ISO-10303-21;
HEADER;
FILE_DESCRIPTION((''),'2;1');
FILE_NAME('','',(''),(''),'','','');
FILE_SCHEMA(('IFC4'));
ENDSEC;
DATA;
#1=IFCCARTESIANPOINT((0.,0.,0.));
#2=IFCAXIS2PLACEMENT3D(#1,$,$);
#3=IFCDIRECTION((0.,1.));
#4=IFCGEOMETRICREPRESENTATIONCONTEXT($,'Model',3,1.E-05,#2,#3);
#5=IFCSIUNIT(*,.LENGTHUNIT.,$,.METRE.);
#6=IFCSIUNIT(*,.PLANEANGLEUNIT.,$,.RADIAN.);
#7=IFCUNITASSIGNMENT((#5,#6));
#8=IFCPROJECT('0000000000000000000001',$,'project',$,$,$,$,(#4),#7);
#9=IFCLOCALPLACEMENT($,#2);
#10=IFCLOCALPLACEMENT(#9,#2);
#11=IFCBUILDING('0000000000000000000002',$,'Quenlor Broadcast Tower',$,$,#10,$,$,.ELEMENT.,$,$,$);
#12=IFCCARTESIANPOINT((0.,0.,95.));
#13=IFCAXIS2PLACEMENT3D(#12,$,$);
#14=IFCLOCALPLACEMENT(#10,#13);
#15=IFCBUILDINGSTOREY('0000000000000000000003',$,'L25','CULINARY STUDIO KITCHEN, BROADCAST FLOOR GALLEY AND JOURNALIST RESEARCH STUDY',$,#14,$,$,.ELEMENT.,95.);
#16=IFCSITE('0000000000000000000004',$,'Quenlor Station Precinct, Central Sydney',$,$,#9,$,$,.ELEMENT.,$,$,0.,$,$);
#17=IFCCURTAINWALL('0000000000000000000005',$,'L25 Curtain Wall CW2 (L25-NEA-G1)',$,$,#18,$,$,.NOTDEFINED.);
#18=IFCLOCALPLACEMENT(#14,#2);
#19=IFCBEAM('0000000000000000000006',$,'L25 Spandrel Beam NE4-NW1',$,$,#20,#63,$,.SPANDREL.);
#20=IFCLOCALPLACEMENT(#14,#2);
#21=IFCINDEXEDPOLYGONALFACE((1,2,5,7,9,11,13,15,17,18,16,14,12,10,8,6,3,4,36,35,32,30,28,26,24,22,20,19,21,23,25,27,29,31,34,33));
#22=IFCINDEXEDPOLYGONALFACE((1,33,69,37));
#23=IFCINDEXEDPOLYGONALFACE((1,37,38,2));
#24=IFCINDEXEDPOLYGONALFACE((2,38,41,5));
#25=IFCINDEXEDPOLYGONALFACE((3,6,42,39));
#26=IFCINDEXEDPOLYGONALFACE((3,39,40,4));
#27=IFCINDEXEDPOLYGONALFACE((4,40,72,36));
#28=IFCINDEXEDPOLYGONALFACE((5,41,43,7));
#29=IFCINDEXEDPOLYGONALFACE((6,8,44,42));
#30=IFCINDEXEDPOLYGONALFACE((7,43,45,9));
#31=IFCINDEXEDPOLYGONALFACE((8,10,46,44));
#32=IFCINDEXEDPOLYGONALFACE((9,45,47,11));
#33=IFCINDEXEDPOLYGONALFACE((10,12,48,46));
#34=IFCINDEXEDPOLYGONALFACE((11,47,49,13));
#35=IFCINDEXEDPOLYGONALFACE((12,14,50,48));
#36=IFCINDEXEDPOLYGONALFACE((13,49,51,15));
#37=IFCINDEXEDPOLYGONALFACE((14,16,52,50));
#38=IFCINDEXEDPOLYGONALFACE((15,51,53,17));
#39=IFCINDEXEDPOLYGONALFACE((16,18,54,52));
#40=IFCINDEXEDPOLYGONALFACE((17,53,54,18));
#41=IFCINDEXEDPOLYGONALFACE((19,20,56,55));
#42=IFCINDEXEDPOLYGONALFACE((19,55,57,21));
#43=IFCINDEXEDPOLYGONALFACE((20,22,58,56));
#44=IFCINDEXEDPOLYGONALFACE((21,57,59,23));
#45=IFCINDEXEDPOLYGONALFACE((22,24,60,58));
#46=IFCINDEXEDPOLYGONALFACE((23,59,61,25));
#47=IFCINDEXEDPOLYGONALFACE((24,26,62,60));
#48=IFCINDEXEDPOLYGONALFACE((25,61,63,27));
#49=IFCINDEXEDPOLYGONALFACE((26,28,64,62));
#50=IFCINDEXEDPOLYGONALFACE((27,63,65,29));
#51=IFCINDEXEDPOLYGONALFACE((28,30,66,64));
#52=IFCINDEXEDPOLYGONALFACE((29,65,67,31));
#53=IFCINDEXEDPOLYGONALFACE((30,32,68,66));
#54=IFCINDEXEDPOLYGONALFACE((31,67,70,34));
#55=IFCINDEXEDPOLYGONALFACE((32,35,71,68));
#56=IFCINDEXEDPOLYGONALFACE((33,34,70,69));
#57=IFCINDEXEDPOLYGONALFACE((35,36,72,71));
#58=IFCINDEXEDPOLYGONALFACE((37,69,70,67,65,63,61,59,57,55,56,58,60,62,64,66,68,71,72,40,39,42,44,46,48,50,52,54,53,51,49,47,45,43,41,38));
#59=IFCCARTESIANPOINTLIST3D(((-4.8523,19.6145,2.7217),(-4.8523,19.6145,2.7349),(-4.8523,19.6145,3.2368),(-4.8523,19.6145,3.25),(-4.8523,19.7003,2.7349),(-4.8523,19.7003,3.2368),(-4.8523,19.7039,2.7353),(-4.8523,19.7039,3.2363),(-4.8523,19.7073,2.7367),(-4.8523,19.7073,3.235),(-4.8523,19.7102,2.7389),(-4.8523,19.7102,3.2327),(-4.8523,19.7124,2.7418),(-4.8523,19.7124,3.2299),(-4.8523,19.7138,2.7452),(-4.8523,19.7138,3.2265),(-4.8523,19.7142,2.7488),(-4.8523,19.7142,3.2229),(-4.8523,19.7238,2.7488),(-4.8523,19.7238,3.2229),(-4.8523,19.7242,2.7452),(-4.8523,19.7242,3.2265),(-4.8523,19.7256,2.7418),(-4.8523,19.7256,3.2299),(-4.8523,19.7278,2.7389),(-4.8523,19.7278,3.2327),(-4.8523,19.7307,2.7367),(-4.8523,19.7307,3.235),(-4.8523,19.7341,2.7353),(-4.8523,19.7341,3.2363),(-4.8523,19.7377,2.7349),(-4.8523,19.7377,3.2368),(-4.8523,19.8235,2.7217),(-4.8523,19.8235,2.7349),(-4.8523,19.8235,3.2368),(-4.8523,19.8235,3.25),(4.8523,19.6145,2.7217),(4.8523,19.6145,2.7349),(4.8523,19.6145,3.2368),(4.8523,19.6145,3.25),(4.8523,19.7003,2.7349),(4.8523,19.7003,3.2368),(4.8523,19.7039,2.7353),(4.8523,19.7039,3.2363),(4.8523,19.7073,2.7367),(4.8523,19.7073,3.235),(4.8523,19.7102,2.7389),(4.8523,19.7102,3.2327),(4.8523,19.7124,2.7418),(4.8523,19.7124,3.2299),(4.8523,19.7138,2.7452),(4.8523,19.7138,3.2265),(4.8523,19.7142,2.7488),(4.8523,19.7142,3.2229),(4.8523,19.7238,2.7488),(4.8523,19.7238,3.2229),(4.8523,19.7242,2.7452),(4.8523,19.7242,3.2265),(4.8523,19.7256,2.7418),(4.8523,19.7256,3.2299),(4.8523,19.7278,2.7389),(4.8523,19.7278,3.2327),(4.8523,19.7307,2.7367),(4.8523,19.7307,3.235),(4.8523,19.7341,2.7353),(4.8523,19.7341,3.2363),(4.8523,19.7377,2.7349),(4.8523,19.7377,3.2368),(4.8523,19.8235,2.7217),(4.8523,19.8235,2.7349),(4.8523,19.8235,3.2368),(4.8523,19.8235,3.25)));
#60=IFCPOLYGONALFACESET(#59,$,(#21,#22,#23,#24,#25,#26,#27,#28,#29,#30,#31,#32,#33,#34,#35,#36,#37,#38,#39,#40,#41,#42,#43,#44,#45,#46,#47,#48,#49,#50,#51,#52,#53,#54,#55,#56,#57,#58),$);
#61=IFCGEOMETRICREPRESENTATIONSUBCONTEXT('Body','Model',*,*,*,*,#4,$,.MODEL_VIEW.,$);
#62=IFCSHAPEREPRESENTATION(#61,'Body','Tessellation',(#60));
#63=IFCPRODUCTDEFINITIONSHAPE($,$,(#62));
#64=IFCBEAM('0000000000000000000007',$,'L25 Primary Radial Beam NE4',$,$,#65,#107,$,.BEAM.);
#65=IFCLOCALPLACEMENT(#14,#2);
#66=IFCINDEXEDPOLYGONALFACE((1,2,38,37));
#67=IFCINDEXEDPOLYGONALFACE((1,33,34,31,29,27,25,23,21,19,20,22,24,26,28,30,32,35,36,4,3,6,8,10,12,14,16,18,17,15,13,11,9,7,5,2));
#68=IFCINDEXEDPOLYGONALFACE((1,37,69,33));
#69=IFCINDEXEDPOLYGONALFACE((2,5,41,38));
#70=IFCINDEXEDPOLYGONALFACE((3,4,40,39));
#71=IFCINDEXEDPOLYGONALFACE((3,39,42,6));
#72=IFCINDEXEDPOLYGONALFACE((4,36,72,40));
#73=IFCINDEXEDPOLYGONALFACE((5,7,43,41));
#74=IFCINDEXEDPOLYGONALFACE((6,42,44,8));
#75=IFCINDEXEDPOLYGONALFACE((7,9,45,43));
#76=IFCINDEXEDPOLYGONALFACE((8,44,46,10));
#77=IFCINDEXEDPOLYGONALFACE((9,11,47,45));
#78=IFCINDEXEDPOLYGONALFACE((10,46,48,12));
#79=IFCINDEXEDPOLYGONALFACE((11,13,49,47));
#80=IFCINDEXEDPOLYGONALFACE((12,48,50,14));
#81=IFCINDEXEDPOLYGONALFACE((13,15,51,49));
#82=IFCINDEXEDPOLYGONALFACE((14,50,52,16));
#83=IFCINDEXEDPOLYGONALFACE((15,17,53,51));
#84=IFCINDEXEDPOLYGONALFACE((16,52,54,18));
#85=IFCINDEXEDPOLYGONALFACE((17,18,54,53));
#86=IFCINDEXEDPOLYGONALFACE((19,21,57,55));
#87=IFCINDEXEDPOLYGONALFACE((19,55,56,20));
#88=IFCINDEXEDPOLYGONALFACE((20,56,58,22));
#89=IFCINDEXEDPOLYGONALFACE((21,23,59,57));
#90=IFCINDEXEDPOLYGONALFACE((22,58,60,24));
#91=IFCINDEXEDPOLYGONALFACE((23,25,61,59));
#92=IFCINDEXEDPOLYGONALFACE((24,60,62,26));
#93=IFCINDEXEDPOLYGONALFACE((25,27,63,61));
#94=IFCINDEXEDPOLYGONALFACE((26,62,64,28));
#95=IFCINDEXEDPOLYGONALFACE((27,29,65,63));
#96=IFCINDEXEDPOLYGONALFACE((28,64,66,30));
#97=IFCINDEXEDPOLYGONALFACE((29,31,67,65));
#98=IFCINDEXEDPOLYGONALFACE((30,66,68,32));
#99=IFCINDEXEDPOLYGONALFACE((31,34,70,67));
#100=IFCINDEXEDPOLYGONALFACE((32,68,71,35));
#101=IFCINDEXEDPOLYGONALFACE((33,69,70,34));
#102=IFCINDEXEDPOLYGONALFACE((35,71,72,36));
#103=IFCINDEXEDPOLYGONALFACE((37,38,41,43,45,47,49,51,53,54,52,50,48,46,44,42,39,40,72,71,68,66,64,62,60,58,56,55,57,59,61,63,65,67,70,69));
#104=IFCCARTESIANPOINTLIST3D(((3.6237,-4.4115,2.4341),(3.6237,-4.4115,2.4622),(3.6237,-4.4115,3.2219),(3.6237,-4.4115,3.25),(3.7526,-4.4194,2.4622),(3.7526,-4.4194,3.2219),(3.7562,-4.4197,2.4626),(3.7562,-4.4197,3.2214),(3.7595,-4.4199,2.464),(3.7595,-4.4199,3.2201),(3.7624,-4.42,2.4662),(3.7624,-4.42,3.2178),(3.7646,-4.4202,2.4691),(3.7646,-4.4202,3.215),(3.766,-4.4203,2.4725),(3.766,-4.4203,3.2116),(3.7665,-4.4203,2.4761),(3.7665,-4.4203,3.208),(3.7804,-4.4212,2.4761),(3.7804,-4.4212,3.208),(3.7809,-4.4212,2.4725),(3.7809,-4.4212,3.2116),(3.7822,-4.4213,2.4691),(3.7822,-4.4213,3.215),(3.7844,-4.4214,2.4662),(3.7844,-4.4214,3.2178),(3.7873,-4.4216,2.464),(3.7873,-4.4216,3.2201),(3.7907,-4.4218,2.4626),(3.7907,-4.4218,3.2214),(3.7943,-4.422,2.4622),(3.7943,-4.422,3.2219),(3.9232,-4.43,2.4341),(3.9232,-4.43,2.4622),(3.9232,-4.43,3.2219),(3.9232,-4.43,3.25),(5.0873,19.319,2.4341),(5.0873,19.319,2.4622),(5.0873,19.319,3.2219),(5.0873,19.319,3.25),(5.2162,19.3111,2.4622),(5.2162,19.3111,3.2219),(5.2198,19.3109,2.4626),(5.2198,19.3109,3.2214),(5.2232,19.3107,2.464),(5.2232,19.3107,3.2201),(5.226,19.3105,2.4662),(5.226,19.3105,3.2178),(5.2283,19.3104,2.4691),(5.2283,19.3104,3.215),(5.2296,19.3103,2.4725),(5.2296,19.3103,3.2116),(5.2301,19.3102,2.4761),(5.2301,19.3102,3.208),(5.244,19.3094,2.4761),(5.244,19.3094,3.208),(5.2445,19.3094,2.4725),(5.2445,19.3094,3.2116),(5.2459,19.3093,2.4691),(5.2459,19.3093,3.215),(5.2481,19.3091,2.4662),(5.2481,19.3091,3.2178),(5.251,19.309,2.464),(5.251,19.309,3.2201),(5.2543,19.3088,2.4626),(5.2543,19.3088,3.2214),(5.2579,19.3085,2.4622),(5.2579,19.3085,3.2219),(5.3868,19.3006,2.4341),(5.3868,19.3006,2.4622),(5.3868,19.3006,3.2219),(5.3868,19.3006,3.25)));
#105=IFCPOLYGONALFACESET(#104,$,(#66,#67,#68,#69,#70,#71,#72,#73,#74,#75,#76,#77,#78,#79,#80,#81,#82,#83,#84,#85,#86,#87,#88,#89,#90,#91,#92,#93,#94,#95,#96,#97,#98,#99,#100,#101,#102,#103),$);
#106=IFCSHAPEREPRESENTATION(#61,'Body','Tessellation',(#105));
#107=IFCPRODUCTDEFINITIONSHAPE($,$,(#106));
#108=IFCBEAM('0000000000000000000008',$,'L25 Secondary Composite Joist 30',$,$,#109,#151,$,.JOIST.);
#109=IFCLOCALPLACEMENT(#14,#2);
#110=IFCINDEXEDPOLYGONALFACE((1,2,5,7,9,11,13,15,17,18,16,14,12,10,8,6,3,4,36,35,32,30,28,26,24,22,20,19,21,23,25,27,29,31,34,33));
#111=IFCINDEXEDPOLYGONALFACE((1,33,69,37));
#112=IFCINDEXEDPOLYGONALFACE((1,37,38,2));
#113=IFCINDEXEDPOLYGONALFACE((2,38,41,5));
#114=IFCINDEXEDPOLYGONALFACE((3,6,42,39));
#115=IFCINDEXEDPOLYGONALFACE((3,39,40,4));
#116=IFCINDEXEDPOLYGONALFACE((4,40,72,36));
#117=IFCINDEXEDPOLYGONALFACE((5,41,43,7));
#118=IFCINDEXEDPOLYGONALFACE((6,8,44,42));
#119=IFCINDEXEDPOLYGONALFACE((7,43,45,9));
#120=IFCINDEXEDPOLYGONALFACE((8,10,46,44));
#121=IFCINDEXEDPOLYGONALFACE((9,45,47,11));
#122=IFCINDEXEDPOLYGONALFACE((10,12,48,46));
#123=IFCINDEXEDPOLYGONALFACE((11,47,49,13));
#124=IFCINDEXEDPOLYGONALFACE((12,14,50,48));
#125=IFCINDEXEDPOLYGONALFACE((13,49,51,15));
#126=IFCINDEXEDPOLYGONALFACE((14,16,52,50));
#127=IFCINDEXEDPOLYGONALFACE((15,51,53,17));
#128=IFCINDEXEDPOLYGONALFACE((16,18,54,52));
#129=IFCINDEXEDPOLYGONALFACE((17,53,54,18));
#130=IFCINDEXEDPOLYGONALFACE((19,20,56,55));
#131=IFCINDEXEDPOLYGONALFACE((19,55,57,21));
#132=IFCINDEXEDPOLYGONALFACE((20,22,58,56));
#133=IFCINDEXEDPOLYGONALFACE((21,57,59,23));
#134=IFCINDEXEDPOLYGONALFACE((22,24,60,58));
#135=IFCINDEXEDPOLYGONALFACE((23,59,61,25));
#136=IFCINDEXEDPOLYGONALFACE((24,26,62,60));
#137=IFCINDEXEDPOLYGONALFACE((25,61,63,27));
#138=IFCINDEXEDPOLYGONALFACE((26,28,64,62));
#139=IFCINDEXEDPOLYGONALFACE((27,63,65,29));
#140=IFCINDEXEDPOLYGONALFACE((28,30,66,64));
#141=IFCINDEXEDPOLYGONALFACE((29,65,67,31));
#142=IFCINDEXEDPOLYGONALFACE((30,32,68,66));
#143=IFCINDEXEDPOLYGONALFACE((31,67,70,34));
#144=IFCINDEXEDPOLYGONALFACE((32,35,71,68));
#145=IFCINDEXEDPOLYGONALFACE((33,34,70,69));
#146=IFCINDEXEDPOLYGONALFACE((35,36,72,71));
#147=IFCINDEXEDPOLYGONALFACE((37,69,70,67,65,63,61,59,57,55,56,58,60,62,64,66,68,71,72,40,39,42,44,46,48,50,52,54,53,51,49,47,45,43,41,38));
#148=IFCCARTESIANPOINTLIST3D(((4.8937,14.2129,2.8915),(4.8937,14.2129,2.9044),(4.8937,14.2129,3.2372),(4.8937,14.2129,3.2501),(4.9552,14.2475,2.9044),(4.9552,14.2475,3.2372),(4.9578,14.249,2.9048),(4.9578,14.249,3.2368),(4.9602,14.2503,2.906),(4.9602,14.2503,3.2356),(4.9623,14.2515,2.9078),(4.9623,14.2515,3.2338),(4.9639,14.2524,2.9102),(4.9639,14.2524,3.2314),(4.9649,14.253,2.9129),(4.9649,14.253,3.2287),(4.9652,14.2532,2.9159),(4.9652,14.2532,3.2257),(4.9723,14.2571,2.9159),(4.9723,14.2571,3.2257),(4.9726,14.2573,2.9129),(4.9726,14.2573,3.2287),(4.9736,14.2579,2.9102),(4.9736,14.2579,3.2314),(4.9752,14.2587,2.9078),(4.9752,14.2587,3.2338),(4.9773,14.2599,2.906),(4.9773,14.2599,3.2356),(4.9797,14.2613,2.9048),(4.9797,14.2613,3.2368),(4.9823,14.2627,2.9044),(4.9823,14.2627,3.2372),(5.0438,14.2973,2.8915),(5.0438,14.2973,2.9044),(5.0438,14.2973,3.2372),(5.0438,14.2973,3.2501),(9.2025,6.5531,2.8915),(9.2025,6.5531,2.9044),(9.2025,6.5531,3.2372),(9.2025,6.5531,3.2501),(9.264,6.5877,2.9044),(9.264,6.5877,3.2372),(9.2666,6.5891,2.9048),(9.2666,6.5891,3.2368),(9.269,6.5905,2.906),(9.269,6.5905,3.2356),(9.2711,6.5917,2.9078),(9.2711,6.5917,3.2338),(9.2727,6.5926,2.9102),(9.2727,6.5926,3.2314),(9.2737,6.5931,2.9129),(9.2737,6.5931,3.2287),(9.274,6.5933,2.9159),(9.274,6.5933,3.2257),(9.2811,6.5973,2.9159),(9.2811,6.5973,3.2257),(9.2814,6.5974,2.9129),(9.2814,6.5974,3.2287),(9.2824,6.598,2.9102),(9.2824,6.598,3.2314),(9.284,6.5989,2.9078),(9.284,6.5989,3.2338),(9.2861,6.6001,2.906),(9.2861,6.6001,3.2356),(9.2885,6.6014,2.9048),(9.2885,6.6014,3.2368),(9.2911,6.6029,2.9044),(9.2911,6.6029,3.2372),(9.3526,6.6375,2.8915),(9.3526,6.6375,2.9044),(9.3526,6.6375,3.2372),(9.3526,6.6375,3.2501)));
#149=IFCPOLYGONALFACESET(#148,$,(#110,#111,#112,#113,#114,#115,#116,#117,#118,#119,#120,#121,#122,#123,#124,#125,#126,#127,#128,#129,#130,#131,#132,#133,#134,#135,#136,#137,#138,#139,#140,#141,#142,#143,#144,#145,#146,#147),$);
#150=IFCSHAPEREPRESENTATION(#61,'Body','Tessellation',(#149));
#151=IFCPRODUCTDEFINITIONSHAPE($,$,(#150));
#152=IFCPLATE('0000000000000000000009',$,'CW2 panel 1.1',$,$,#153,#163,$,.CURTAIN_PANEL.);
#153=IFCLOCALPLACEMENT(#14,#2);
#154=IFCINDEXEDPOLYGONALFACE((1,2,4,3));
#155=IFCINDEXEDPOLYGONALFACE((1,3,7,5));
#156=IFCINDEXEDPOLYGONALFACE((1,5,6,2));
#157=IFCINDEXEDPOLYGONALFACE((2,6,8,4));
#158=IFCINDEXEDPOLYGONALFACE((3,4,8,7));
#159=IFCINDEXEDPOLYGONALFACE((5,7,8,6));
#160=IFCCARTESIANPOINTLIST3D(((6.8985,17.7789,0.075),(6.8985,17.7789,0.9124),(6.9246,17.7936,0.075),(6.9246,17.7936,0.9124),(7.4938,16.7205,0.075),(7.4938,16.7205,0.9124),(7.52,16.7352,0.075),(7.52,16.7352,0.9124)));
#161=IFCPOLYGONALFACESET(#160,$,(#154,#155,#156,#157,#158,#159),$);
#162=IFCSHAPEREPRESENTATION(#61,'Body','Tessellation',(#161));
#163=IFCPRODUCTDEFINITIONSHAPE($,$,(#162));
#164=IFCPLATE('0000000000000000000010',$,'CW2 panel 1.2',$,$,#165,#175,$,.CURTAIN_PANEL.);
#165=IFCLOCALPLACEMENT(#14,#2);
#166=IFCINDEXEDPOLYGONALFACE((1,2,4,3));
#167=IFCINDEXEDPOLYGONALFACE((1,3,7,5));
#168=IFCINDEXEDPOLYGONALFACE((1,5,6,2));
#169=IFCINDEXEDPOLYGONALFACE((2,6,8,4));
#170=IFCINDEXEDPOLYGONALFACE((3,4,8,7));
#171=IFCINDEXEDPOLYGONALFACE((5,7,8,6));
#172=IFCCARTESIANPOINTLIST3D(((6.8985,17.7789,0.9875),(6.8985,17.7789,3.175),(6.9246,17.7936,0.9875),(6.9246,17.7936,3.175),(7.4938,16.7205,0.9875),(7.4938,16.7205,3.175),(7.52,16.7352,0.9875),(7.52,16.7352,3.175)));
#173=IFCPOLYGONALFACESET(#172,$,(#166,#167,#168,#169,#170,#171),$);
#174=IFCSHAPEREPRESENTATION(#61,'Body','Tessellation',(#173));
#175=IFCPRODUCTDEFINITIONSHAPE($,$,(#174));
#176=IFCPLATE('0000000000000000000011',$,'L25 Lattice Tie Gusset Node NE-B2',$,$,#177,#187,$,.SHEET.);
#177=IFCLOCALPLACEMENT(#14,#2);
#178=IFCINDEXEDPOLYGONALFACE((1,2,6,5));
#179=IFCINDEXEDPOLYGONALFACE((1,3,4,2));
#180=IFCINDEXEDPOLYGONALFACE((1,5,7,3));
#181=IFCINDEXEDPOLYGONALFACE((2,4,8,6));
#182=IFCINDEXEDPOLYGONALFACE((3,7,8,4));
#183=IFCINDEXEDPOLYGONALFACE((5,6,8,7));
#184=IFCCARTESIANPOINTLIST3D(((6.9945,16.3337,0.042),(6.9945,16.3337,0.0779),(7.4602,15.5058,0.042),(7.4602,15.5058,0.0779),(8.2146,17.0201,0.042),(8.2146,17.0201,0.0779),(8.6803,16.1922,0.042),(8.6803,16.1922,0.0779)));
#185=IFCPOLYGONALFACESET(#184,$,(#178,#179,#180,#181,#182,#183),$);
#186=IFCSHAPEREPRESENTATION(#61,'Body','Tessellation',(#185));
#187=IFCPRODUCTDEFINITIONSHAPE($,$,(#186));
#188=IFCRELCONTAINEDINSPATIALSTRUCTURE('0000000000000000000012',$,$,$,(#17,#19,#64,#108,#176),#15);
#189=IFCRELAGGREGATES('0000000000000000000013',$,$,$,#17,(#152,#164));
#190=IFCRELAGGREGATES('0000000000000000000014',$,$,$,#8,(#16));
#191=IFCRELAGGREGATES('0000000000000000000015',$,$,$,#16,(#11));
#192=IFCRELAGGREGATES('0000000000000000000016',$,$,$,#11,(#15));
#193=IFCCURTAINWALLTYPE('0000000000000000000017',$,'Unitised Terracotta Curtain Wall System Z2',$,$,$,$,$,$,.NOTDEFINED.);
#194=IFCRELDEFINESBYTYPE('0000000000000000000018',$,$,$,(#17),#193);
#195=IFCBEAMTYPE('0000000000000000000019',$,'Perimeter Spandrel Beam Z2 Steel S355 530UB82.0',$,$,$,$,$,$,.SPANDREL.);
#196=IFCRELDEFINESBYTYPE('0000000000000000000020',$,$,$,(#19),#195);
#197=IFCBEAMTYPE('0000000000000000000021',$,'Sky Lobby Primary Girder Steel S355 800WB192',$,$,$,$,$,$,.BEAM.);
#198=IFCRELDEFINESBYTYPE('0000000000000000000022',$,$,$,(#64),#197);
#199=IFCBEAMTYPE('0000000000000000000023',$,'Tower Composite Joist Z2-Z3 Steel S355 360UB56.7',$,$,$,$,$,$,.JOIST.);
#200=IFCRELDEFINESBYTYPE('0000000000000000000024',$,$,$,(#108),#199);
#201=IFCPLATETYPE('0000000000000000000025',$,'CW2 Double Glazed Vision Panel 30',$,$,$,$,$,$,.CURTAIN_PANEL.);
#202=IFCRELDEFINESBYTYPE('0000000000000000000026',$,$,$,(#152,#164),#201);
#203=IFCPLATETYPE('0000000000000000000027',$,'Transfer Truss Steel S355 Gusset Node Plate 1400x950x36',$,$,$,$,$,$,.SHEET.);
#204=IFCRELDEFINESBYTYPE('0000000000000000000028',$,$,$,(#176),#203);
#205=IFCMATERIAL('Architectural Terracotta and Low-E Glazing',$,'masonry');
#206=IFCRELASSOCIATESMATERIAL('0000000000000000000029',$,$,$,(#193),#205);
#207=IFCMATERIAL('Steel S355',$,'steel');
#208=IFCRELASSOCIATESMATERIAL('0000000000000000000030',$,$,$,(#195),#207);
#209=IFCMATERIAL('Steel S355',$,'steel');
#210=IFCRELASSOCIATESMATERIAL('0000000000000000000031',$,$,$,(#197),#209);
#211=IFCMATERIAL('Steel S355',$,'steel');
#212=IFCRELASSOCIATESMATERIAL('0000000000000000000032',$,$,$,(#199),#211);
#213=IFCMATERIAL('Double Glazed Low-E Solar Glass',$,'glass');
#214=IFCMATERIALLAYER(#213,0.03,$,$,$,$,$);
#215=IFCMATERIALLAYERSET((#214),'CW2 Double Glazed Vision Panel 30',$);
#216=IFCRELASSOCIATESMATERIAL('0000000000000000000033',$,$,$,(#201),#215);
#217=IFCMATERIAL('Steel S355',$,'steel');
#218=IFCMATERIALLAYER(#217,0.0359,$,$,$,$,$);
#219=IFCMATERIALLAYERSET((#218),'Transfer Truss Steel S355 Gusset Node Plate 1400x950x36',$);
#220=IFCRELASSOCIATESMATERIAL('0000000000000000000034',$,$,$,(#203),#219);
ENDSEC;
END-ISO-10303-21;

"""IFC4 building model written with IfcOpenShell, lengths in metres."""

from ifc_helpers import new_model, si_unit, direction, frame, origin, origin_2d, place, context, subcontext, project, spatial, rectangle, i_section, extrude, material, layer, layer_set, material_profile, profile_set, type_object, element, aggregate, save


model = new_model("IFC4")

# Units and contexts
model_context = context("Model", 3, precision=1e-05, world=origin(), true_north=direction((0.0, 1.0)))
body_context = subcontext(model_context, "Body", "Model", "MODEL_VIEW")
ifc_project = project(units=[si_unit("LENGTHUNIT", "METRE"), si_unit("PLANEANGLEUNIT", "RADIAN")], contexts=[model_context])

# Site, building, storey
site_placement = place(None, origin())
site = spatial("IfcSite", under=ifc_project, at=site_placement, Name="Quenlor Station Precinct, Central Sydney", CompositionType="ELEMENT", RefElevation=0.0)
building_placement = place(site_placement, origin())
building = spatial("IfcBuilding", under=site, at=building_placement, Name="Quenlor Broadcast Tower", CompositionType="ELEMENT")
storey_placement = place(building_placement, frame((0.0, 0.0, 95.0)))
storey = spatial("IfcBuildingStorey", under=building, at=storey_placement, Name="L25", Description="CULINARY STUDIO KITCHEN, BROADCAST FLOOR GALLEY AND JOURNALIST RESEARCH STUDY", CompositionType="ELEMENT", Elevation=95.0)

# Curtain wall
ifc_material_1 = material(Name="Architectural Terracotta and Low-E Glazing", Category="masonry")
curtain_wall_type = type_object("IfcCurtainWallType", Name="Unitised Terracotta Curtain Wall System Z2", PredefinedType="NOTDEFINED", material=ifc_material_1)
curtain_wall_1_placement = place(storey_placement, origin())
curtain_wall_1 = element("IfcCurtainWall", 1, at=curtain_wall_1_placement, inside=storey, type_object=curtain_wall_type, Name="L25 Curtain Wall CW2 (L25-NEA-G1)", PredefinedType="NOTDEFINED")

# Beams
ifc_material_2 = material(Name="Steel S355", Category="steel")
ifc_material_profile_1 = material_profile(ifc_material_2, i_section(OverallWidth=0.209, OverallDepth=0.5283, WebThickness=0.0095, FlangeThickness=0.0132, FilletRadius=0.0139, at=origin_2d()))
ifc_profile_set_1 = profile_set([ifc_material_profile_1], Name="Steel S355 530UB82.0")
beam_type_1 = type_object("IfcBeamType", Name="Perimeter Spandrel Beam Z2 Steel S355 530UB82.0", PredefinedType="SPANDREL", material=ifc_profile_set_1)
beam_1_placement = place(storey_placement, frame((4.8523, 19.719, 2.9858), z_axis=(-1.0, 0.0, 0.0), x_axis=(0.0, -1.0, 0.0)))
element("IfcBeam", 2, at=beam_1_placement, inside=storey, type_object=beam_type_1, Name="L25 Spandrel Beam NE4-NW1", PredefinedType="SPANDREL", context=body_context, shape_type="SweptSolid", body=[
    extrude(i_section(OverallWidth=0.209, OverallDepth=0.5283, WebThickness=0.0095, FlangeThickness=0.0132, FilletRadius=0.0139, at=origin_2d()), origin(), (0.0, 0.0, 1.0), 9.7046),
])
ifc_material_3 = material(Name="Steel S355", Category="steel")
ifc_material_profile_2 = material_profile(ifc_material_3, i_section(OverallWidth=0.3, OverallDepth=0.8159, WebThickness=0.0139, FlangeThickness=0.0281, FilletRadius=0.0139, at=origin_2d()))
ifc_profile_set_2 = profile_set([ifc_material_profile_2], Name="Steel S355 800WB192")
beam_type_2 = type_object("IfcBeamType", Name="Sky Lobby Primary Girder Steel S355 800WB192", PredefinedType="BEAM", material=ifc_profile_set_2)
beam_2_placement = place(storey_placement, frame((5.2371, 19.3098, 2.842), z_axis=(-0.06156, -0.998103, 0.0), x_axis=(0.998103, -0.06156, 0.0)))
element("IfcBeam", 3, at=beam_2_placement, inside=storey, type_object=beam_type_2, Name="L25 Primary Radial Beam NE4", PredefinedType="BEAM", context=body_context, shape_type="SweptSolid", body=[
    extrude(i_section(OverallWidth=0.3, OverallDepth=0.8159, WebThickness=0.0139, FlangeThickness=0.0281, FilletRadius=0.0139, at=origin_2d()), origin(), (0.0, 0.0, 1.0), 23.7756),
])
ifc_material_4 = material(Name="Steel S355", Category="steel")
ifc_material_profile_3 = material_profile(ifc_material_4, i_section(OverallWidth=0.1721, OverallDepth=0.3586, WebThickness=0.0081, FlangeThickness=0.0129, FilletRadius=0.0115, at=origin_2d()))
ifc_profile_set_3 = profile_set([ifc_material_profile_3], Name="Steel S355 360UB56.7")
beam_type_3 = type_object("IfcBeamType", Name="Tower Composite Joist Z2-Z3 Steel S355 360UB56.7", PredefinedType="JOIST", material=ifc_profile_set_3)
beam_3_placement = place(storey_placement, frame((4.9688, 14.2551, 3.0708), z_axis=(0.490273, -0.871569, 0.0), x_axis=(0.871569, 0.490273, 0.0)))
element("IfcBeam", 4, at=beam_3_placement, inside=storey, type_object=beam_type_3, Name="L25 Secondary Composite Joist 30", PredefinedType="JOIST", context=body_context, shape_type="SweptSolid", body=[
    extrude(i_section(OverallWidth=0.1721, OverallDepth=0.3586, WebThickness=0.0081, FlangeThickness=0.0129, FilletRadius=0.0115, at=origin_2d()), origin(), (0.0, 0.0, 1.0), 8.7886),
])

# Plates
ifc_material_5 = material(Name="Double Glazed Low-E Solar Glass", Category="glass")
ifc_layer_1 = layer(ifc_material_5, 0.03)
ifc_layer_set_1 = layer_set([ifc_layer_1], Name="CW2 Double Glazed Vision Panel 30")
plate_type_1 = type_object("IfcPlateType", Name="CW2 Double Glazed Vision Panel 30", PredefinedType="CURTAIN_PANEL", material=ifc_layer_set_1)
plate_1_placement = place(storey_placement, frame((7.2092, 17.2571, 0.075), z_axis=(0.0, 0.0, 1.0), x_axis=(0.490247, -0.871583, 0.0)))
plate_1 = element("IfcPlate", 5, at=plate_1_placement, type_object=plate_type_1, Name="CW2 panel 1.1", PredefinedType="CURTAIN_PANEL", context=body_context, shape_type="SweptSolid", body=[
    extrude(rectangle(XDim=1.2144, YDim=0.03, at=origin_2d()), origin(), (0.0, 0.0, 1.0), 0.8374),
])
plate_2_placement = place(storey_placement, frame((7.2092, 17.2571, 0.9875), z_axis=(0.0, 0.0, 1.0), x_axis=(0.490247, -0.871583, 0.0)))
plate_2 = element("IfcPlate", 6, at=plate_2_placement, type_object=plate_type_1, Name="CW2 panel 1.2", PredefinedType="CURTAIN_PANEL", context=body_context, shape_type="SweptSolid", body=[
    extrude(rectangle(XDim=1.2144, YDim=0.03, at=origin_2d()), origin(), (0.0, 0.0, 1.0), 2.1875),
])
aggregate(curtain_wall_1, [plate_1, plate_2])

# Plate
ifc_material_6 = material(Name="Steel S355", Category="steel")
ifc_layer_2 = layer(ifc_material_6, 0.0359)
ifc_layer_set_2 = layer_set([ifc_layer_2], Name="Transfer Truss Steel S355 Gusset Node Plate 1400x950x36")
plate_type_2 = type_object("IfcPlateType", Name="Transfer Truss Steel S355 Gusset Node Plate 1400x950x36", PredefinedType="SHEET", material=ifc_layer_set_2)
for number, where, z_axis, x_axis, name in (
    (7, (7.8374, 16.2629, 0.042), (0.0, 0.0, 1.0), (0.871556, 0.490295, 0.0), "L25 Lattice Tie Gusset Node NE-B2"),
):
    element("IfcPlate", number, at=place(storey_placement, frame(where, z_axis=z_axis, x_axis=x_axis)), inside=storey, type_object=plate_type_2, Name=name, PredefinedType="SHEET", context=body_context, shape_type="SweptSolid", body=[
        extrude(rectangle(XDim=1.3999, YDim=0.95, at=origin_2d()), origin(), (0.0, 0.0, 1.0), 0.0359),
    ])

save(model, "model.ifc")
